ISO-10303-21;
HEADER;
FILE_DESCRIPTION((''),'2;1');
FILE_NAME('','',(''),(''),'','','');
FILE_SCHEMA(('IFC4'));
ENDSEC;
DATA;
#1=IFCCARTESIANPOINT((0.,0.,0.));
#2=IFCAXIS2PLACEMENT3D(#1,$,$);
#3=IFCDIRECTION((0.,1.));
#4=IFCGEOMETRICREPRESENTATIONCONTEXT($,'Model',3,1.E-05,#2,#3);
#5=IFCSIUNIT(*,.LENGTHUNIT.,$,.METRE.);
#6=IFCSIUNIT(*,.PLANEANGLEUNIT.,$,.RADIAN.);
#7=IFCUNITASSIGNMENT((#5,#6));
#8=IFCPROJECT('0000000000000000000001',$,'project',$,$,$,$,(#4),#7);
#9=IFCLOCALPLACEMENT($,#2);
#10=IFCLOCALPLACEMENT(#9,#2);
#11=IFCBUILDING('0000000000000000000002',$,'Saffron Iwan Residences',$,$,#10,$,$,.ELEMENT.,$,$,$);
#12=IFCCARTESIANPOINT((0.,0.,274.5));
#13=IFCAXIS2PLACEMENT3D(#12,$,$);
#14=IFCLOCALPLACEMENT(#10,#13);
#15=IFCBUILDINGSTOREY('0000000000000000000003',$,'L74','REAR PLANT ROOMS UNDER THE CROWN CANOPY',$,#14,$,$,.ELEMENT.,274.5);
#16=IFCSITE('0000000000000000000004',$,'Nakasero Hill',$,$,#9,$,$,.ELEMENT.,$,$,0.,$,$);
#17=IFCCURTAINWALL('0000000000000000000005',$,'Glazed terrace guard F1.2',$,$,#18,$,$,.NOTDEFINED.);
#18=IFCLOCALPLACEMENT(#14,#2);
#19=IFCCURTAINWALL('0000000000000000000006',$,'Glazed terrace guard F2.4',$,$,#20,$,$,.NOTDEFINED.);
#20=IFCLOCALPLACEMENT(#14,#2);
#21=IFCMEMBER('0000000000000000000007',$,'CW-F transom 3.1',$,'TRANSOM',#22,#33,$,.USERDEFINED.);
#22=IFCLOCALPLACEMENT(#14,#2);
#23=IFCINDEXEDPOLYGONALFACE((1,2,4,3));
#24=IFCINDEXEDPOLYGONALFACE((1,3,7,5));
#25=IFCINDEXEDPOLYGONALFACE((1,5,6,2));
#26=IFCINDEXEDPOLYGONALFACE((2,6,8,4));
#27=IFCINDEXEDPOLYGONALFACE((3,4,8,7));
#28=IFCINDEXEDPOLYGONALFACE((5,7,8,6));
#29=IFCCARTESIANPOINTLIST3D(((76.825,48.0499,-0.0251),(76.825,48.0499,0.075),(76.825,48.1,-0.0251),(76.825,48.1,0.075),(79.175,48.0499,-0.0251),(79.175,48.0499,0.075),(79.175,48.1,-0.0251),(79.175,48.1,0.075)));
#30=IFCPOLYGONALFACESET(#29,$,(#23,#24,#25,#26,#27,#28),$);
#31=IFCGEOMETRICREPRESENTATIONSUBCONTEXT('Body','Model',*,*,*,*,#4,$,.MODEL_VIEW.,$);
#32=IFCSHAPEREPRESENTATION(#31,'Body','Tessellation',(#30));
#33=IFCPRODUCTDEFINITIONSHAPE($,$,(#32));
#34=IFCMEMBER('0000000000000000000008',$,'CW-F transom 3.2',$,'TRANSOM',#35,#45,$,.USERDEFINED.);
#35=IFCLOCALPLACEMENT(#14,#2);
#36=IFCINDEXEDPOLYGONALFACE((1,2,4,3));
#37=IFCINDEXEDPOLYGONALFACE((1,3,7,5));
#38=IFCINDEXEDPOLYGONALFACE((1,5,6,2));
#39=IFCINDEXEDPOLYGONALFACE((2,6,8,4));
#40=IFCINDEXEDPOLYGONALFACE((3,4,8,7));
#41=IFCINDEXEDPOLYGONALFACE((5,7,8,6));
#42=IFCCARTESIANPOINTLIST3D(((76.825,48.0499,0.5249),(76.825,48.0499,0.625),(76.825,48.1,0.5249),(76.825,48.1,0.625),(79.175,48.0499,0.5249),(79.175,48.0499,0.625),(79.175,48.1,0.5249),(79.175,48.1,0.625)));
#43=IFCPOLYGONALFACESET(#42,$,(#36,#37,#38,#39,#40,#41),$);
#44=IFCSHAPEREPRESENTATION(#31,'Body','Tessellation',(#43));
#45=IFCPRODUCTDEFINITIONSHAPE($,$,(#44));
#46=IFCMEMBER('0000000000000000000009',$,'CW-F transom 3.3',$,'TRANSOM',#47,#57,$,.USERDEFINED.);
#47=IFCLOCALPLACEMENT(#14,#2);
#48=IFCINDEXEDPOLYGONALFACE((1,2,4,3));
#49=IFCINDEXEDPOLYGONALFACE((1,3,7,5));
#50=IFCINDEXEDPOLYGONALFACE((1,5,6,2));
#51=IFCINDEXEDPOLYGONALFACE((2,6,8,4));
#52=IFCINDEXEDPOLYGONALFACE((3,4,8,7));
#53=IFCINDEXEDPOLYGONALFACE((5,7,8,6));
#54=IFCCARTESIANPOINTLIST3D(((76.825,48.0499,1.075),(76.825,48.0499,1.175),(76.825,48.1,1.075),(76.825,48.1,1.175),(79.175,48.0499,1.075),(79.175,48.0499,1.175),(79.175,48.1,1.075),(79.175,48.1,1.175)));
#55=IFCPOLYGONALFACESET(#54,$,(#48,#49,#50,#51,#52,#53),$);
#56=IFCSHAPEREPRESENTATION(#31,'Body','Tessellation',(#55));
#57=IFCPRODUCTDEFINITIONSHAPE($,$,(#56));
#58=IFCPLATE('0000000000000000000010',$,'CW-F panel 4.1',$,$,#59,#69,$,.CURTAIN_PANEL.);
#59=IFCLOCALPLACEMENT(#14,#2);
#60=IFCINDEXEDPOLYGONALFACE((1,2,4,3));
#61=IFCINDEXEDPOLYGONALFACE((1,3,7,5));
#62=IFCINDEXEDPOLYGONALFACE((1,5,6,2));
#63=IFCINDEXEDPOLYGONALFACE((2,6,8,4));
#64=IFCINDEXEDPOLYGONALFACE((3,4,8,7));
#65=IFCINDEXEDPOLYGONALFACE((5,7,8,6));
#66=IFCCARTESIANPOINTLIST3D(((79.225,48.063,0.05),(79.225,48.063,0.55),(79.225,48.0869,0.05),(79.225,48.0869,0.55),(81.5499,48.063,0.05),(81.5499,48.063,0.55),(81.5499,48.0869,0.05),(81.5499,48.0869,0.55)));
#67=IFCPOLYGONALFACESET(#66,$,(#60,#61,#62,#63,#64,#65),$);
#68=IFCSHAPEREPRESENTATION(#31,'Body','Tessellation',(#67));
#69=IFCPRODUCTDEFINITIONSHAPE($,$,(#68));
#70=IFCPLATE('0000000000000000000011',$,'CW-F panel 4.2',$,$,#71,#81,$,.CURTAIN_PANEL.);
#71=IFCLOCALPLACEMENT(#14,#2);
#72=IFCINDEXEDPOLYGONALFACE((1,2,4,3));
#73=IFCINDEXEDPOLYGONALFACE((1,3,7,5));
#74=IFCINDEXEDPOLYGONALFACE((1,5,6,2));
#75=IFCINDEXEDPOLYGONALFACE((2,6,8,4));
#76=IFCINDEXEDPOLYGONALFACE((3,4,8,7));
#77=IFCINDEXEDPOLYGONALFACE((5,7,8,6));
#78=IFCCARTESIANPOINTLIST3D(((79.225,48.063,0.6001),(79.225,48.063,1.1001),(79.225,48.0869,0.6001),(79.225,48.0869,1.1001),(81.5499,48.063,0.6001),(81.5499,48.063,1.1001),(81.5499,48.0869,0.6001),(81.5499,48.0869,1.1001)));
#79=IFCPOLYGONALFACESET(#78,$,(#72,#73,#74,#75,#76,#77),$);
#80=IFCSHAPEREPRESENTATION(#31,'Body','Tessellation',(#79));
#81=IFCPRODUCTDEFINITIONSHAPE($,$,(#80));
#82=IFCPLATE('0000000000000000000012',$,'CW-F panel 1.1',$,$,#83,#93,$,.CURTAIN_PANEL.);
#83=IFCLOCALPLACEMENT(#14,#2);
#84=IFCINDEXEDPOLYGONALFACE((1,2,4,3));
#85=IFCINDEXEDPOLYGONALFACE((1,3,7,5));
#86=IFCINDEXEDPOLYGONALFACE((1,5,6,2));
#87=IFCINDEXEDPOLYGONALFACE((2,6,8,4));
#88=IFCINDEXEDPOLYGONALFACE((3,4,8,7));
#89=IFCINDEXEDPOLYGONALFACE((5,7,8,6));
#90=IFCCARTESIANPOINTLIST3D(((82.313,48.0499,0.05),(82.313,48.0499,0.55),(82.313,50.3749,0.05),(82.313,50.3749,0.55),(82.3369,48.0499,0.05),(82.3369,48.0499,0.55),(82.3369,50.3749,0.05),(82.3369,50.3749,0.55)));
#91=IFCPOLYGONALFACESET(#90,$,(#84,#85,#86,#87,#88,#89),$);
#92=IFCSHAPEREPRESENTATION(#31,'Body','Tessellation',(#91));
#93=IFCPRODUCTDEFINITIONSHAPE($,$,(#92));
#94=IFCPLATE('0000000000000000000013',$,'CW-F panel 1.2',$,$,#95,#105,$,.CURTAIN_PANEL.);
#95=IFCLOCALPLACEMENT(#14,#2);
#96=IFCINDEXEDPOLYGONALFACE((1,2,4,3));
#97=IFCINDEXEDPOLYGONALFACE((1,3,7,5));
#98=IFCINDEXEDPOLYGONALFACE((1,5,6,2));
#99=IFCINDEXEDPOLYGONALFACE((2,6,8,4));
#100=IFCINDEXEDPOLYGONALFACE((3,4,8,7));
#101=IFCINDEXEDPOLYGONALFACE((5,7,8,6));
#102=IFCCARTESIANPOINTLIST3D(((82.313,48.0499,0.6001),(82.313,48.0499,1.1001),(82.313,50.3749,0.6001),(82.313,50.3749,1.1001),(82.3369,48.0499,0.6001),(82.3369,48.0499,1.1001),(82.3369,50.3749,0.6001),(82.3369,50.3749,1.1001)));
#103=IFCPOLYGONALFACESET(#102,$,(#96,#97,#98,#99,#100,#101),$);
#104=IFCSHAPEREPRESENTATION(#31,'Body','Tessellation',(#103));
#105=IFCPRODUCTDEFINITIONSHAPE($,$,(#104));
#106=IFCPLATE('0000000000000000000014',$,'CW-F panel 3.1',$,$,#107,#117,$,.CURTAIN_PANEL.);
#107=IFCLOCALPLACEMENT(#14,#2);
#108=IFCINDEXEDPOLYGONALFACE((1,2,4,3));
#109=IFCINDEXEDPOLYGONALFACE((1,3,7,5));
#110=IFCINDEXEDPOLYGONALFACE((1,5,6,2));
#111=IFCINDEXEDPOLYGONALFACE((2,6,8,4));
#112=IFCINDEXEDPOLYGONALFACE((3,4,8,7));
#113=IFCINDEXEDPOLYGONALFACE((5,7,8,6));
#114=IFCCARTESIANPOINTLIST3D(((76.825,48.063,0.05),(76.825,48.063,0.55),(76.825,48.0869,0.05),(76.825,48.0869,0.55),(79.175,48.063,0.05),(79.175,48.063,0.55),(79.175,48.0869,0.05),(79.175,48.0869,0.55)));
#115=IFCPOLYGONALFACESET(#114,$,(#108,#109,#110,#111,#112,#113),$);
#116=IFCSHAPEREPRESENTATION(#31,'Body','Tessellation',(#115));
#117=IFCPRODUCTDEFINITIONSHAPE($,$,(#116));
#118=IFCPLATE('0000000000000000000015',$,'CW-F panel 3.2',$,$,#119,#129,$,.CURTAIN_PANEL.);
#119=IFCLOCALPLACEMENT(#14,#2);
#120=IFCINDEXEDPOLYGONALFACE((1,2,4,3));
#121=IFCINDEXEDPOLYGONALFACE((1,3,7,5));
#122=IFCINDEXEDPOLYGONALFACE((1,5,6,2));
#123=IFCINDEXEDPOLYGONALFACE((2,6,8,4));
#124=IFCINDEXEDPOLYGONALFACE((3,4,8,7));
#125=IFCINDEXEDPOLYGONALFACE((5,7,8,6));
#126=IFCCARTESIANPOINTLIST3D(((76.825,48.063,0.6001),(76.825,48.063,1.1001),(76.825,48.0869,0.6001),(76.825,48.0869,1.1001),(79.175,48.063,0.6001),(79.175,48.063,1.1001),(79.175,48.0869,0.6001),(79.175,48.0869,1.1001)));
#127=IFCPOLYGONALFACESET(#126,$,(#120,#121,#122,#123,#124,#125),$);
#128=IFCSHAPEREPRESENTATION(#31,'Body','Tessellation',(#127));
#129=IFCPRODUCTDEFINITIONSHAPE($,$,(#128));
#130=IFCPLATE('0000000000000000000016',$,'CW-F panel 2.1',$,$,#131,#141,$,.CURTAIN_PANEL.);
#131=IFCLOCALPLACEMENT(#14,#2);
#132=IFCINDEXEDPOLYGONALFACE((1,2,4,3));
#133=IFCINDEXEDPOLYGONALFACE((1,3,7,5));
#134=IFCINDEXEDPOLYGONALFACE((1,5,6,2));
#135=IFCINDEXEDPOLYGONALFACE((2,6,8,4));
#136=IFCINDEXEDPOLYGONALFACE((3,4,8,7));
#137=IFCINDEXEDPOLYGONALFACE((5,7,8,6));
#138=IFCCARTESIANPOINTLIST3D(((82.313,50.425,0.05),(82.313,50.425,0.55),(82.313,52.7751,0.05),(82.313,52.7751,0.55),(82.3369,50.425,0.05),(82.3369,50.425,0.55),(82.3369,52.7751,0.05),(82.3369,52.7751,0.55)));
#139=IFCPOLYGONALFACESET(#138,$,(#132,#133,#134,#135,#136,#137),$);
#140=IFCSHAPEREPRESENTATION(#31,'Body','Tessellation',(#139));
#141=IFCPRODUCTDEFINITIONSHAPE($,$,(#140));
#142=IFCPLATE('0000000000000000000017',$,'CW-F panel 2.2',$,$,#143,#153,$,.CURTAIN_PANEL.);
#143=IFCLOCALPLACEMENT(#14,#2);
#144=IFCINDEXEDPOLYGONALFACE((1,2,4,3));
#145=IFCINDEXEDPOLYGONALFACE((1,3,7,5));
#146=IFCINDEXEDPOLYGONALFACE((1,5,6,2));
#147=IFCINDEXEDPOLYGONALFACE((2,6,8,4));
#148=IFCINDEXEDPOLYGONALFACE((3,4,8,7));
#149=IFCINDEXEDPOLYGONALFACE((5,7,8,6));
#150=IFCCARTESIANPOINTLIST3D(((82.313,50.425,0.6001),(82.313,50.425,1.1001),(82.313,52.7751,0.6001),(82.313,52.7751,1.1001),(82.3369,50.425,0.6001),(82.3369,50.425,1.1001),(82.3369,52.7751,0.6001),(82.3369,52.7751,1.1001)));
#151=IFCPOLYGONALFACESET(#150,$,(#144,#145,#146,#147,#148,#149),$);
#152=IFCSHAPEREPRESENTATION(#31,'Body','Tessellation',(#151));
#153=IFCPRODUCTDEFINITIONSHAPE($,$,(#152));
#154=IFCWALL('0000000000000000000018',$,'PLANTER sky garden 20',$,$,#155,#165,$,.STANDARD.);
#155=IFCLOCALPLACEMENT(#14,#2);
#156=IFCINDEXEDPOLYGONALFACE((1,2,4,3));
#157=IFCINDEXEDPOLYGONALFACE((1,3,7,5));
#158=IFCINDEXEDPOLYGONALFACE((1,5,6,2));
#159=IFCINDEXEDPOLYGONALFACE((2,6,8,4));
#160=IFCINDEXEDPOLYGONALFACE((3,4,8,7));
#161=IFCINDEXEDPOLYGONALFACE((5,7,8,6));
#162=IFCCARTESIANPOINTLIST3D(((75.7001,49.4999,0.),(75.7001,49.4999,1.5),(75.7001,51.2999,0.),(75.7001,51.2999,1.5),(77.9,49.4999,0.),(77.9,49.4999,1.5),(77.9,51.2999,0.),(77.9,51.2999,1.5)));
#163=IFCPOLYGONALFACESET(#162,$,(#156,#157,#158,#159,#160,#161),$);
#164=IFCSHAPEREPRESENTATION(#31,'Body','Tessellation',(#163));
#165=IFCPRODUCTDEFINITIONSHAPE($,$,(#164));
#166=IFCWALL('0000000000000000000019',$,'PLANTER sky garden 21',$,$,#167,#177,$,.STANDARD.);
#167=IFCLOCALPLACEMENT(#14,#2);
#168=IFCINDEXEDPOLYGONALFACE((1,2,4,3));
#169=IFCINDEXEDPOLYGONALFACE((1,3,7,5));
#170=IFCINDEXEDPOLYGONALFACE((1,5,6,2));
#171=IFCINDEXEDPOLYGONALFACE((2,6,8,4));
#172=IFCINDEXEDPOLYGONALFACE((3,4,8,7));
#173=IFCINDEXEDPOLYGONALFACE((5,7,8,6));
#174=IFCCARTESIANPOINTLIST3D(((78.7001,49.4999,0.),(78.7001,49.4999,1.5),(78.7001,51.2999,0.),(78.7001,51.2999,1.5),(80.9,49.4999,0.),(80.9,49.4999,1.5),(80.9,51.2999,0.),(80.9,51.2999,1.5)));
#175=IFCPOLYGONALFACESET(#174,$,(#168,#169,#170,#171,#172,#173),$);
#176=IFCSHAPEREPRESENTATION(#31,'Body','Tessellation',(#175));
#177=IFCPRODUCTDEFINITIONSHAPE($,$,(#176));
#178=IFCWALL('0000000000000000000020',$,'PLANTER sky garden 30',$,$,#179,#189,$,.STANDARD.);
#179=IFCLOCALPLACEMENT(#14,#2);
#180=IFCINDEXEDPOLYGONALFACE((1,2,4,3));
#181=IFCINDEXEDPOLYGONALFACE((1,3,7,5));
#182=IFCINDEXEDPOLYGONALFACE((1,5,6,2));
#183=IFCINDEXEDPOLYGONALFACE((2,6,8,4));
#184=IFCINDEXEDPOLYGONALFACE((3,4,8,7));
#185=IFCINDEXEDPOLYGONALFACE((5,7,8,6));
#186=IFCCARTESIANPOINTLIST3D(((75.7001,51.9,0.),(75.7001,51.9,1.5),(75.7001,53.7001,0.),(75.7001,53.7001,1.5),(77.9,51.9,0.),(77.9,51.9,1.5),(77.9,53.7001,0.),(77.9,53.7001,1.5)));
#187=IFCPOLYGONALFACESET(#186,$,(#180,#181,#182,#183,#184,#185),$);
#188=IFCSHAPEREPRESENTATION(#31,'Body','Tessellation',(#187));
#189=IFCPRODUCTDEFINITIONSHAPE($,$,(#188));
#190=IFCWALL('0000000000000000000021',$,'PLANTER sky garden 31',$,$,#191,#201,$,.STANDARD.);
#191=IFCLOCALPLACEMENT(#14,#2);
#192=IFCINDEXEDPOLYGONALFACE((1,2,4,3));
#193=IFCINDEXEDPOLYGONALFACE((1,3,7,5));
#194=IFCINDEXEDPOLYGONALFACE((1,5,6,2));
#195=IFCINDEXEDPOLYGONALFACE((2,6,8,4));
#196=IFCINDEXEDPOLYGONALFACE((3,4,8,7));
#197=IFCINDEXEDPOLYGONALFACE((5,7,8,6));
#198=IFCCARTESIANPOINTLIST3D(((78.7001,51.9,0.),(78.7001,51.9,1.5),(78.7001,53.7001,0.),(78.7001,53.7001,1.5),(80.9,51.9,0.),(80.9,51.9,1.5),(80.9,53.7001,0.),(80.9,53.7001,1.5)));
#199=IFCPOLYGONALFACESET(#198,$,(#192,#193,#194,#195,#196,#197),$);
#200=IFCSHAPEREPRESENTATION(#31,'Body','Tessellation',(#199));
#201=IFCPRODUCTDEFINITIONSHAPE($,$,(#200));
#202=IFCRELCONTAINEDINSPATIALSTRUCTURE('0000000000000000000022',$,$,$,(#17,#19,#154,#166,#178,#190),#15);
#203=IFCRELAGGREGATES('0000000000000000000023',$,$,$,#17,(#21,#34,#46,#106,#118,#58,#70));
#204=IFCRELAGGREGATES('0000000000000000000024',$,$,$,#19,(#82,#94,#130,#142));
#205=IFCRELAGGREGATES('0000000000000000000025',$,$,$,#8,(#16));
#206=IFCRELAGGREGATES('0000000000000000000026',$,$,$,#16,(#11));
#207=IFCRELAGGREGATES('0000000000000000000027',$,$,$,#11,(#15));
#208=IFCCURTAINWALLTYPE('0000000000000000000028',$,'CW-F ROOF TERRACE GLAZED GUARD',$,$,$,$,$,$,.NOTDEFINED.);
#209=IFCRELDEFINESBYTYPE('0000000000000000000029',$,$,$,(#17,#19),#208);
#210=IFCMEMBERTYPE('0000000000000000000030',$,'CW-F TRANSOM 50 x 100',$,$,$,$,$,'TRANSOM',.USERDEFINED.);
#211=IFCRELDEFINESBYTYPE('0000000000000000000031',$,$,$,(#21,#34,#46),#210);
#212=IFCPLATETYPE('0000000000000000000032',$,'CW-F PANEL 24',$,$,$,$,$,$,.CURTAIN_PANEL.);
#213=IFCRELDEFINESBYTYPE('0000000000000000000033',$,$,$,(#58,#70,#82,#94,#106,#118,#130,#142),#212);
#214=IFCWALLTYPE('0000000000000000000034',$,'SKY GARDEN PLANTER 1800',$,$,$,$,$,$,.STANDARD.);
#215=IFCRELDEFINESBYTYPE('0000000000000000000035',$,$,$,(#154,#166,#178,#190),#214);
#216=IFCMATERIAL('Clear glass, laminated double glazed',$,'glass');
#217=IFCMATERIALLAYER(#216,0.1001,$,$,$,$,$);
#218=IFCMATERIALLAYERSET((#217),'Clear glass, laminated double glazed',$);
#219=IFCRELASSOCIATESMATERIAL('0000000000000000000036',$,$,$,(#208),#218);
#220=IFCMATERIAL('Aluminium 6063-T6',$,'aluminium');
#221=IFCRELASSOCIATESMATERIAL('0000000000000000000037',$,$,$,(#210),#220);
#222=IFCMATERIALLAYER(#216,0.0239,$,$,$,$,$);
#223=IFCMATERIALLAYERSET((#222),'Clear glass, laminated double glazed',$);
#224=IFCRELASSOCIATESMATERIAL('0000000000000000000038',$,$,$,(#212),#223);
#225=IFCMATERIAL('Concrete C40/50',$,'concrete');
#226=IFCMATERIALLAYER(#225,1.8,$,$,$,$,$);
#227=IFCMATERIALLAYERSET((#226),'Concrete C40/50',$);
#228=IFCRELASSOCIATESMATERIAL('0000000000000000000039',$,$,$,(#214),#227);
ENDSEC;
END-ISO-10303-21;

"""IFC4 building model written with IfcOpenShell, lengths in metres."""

from ifc_helpers import new_model, si_unit, direction, frame, frame_2d, origin, origin_2d, place, context, subcontext, project, spatial, rectangle, extrude, source, transform, mapped, material, layer, layer_set, material_profile, profile_set, type_object, element, aggregate, save


model = new_model("IFC4")

# Units and contexts
model_context = context("Model", 3, precision=1e-05, world=origin(), true_north=direction((0.0, 1.0)))
body_context = subcontext(model_context, "Body", "Model", "MODEL_VIEW")
ifc_project = project(units=[si_unit("LENGTHUNIT", "METRE"), si_unit("PLANEANGLEUNIT", "RADIAN")], contexts=[model_context])

# Site, building, storey
site_placement = place(None, origin())
site = spatial("IfcSite", under=ifc_project, at=site_placement, Name="Nakasero Hill", CompositionType="ELEMENT", RefElevation=0.0)
building_placement = place(site_placement, origin())
building = spatial("IfcBuilding", under=site, at=building_placement, Name="Saffron Iwan Residences", CompositionType="ELEMENT")
storey_placement = place(building_placement, frame((0.0, 0.0, 274.5)))
storey = spatial("IfcBuildingStorey", under=building, at=storey_placement, Name="L74", Description="REAR PLANT ROOMS UNDER THE CROWN CANOPY", CompositionType="ELEMENT", Elevation=274.5)

# Curtain walls
ifc_material_1 = material(Name="Clear glass, laminated double glazed", Category="glass")
ifc_layer_1 = layer(ifc_material_1, 0.1001)
ifc_layer_set_1 = layer_set([ifc_layer_1], Name="Clear glass, laminated double glazed")
curtain_wall_type = type_object("IfcCurtainWallType", Name="CW-F ROOF TERRACE GLAZED GUARD", PredefinedType="NOTDEFINED", material=ifc_layer_set_1)
curtain_wall_1_placement = place(storey_placement, origin())
curtain_wall_1 = element("IfcCurtainWall", 1, at=curtain_wall_1_placement, inside=storey, type_object=curtain_wall_type, Name="Glazed terrace guard F1.2", PredefinedType="NOTDEFINED")
ifc_material_2 = material(Name="Aluminium 6063-T6", Category="aluminium")
curtain_wall_2_placement = place(storey_placement, origin())
curtain_wall_2 = element("IfcCurtainWall", 2, at=curtain_wall_2_placement, inside=storey, type_object=curtain_wall_type, Name="Glazed terrace guard F2.4", PredefinedType="NOTDEFINED")

# Members
ifc_material_profile_1 = material_profile(ifc_material_2, rectangle(XDim=0.05, YDim=0.1001, at=origin_2d()), Name="CW-F TRANSOM 50 x 100")
ifc_profile_set_1 = profile_set([ifc_material_profile_1], Name="Aluminium 6063-T6")
member_type_1 = type_object("IfcMemberType", Name="CW-F TRANSOM 50 x 100", ElementType="TRANSOM", PredefinedType="USERDEFINED", material=ifc_profile_set_1)
shared_shape_1 = source(origin(), body_context, "Body", "SweptSolid", [
    extrude(rectangle(XDim=0.05, YDim=0.1001, at=origin_2d()), origin(), (0.0, 0.0, 1.0), 2.3501),
])
member_1_placement = place(storey_placement, frame((76.825, 48.075, 0.0249), z_axis=(1.0, 0.0, 0.0), x_axis=(0.0, 1.0, 0.0)))
member_1 = element("IfcMember", 3, at=member_1_placement, type_object=member_type_1, Name="CW-F transom 3.1", ObjectType="TRANSOM", PredefinedType="USERDEFINED", context=body_context, shape_type="MappedRepresentation", body=[
    mapped(shared_shape_1, transform((0.0, 0.0, 0.0))),
])
member_2_placement = place(storey_placement, frame((76.825, 48.075, 0.575), z_axis=(1.0, 0.0, 0.0), x_axis=(0.0, 1.0, 0.0)))
member_2 = element("IfcMember", 4, at=member_2_placement, type_object=member_type_1, Name="CW-F transom 3.2", ObjectType="TRANSOM", PredefinedType="USERDEFINED", context=body_context, shape_type="MappedRepresentation", body=[
    mapped(shared_shape_1, transform((0.0, 0.0, 0.0))),
])
member_3_placement = place(storey_placement, frame((76.825, 48.075, 1.125), z_axis=(1.0, 0.0, 0.0), x_axis=(0.0, 1.0, 0.0)))
member_3 = element("IfcMember", 5, at=member_3_placement, type_object=member_type_1, Name="CW-F transom 3.3", ObjectType="TRANSOM", PredefinedType="USERDEFINED", context=body_context, shape_type="MappedRepresentation", body=[
    mapped(shared_shape_1, transform((0.0, 0.0, 0.0))),
])

# Plates
ifc_layer_2 = layer(ifc_material_1, 0.0239)
ifc_layer_set_2 = layer_set([ifc_layer_2], Name="Clear glass, laminated double glazed")
plate_type = type_object("IfcPlateType", Name="CW-F PANEL 24", PredefinedType="CURTAIN_PANEL", material=ifc_layer_set_2)
shared_shape_2 = source(origin(), body_context, "Body", "SweptSolid", [
    extrude(rectangle(XDim=2.325, YDim=0.0239, at=origin_2d()), origin(), (0.0, 0.0, 1.0), 0.5),
])
plate_1_placement = place(storey_placement, frame((80.3875, 48.075, 0.05), z_axis=(0.0, 0.0, 1.0), x_axis=(1.0, 0.0, 0.0)))
plate_1 = element("IfcPlate", 6, at=plate_1_placement, type_object=plate_type, Name="CW-F panel 4.1", PredefinedType="CURTAIN_PANEL", context=body_context, shape_type="MappedRepresentation", body=[
    mapped(shared_shape_2, transform((0.0, 0.0, 0.0))),
])
plate_2_placement = place(storey_placement, frame((80.3875, 48.075, 0.6001), z_axis=(0.0, 0.0, 1.0), x_axis=(1.0, 0.0, 0.0)))
plate_2 = element("IfcPlate", 7, at=plate_2_placement, type_object=plate_type, Name="CW-F panel 4.2", PredefinedType="CURTAIN_PANEL", context=body_context, shape_type="MappedRepresentation", body=[
    mapped(shared_shape_2, transform((0.0, 0.0, 0.0))),
])
plate_3_placement = place(storey_placement, frame((82.325, 49.2124, 0.05), z_axis=(0.0, 0.0, 1.0), x_axis=(0.0, 1.0, 0.0)))
plate_3 = element("IfcPlate", 8, at=plate_3_placement, type_object=plate_type, Name="CW-F panel 1.1", PredefinedType="CURTAIN_PANEL", context=body_context, shape_type="MappedRepresentation", body=[
    mapped(shared_shape_2, transform((0.0, 0.0, 0.0))),
])
plate_4_placement = place(storey_placement, frame((82.325, 49.2124, 0.6001), z_axis=(0.0, 0.0, 1.0), x_axis=(0.0, 1.0, 0.0)))
plate_4 = element("IfcPlate", 9, at=plate_4_placement, type_object=plate_type, Name="CW-F panel 1.2", PredefinedType="CURTAIN_PANEL", context=body_context, shape_type="MappedRepresentation", body=[
    mapped(shared_shape_2, transform((0.0, 0.0, 0.0))),
])
shared_shape_3 = source(origin(), body_context, "Body", "SweptSolid", [
    extrude(rectangle(XDim=2.3501, YDim=0.0239, at=origin_2d()), origin(), (0.0, 0.0, 1.0), 0.5),
])
plate_5_placement = place(storey_placement, frame((78.0, 48.075, 0.05), z_axis=(0.0, 0.0, 1.0), x_axis=(1.0, 0.0, 0.0)))
plate_5 = element("IfcPlate", 10, at=plate_5_placement, type_object=plate_type, Name="CW-F panel 3.1", PredefinedType="CURTAIN_PANEL", context=body_context, shape_type="MappedRepresentation", body=[
    mapped(shared_shape_3, transform((0.0, 0.0, 0.0))),
])
plate_6_placement = place(storey_placement, frame((78.0, 48.075, 0.6001), z_axis=(0.0, 0.0, 1.0), x_axis=(1.0, 0.0, 0.0)))
plate_6 = element("IfcPlate", 11, at=plate_6_placement, type_object=plate_type, Name="CW-F panel 3.2", PredefinedType="CURTAIN_PANEL", context=body_context, shape_type="MappedRepresentation", body=[
    mapped(shared_shape_3, transform((0.0, 0.0, 0.0))),
])
aggregate(curtain_wall_1, [member_1, member_2, member_3, plate_5, plate_6, plate_1, plate_2])
plate_7_placement = place(storey_placement, frame((82.325, 51.6001, 0.05), z_axis=(0.0, 0.0, 1.0), x_axis=(0.0, 1.0, 0.0)))
plate_7 = element("IfcPlate", 12, at=plate_7_placement, type_object=plate_type, Name="CW-F panel 2.1", PredefinedType="CURTAIN_PANEL", context=body_context, shape_type="MappedRepresentation", body=[
    mapped(shared_shape_3, transform((0.0, 0.0, 0.0))),
])
plate_8_placement = place(storey_placement, frame((82.325, 51.6001, 0.6001), z_axis=(0.0, 0.0, 1.0), x_axis=(0.0, 1.0, 0.0)))
plate_8 = element("IfcPlate", 13, at=plate_8_placement, type_object=plate_type, Name="CW-F panel 2.2", PredefinedType="CURTAIN_PANEL", context=body_context, shape_type="MappedRepresentation", body=[
    mapped(shared_shape_3, transform((0.0, 0.0, 0.0))),
])
aggregate(curtain_wall_2, [plate_3, plate_4, plate_7, plate_8])

# Walls
ifc_material_3 = material(Name="Concrete C40/50", Category="concrete")
ifc_layer_3 = layer(ifc_material_3, 1.8)
ifc_layer_set_3 = layer_set([ifc_layer_3], Name="Concrete C40/50")
wall_type = type_object("IfcWallType", Name="SKY GARDEN PLANTER 1800", PredefinedType="STANDARD", material=ifc_layer_set_3)
for number, where, z_axis, x_axis, name in (
    (14, (75.7, 50.3999, 0.0), (0.0, 0.0, 1.0), (1.0, 0.0, 0.0), "PLANTER sky garden 20"),
    (15, (78.7, 50.3999, 0.0), (0.0, 0.0, 1.0), (1.0, 0.0, 0.0), "PLANTER sky garden 21"),
    (16, (75.7, 52.8, 0.0), (0.0, 0.0, 1.0), (1.0, 0.0, 0.0), "PLANTER sky garden 30"),
    (17, (78.7, 52.8, 0.0), (0.0, 0.0, 1.0), (1.0, 0.0, 0.0), "PLANTER sky garden 31"),
):
    element("IfcWall", number, at=place(storey_placement, frame(where, z_axis=z_axis, x_axis=x_axis)), inside=storey, type_object=wall_type, Name=name, PredefinedType="STANDARD", context=body_context, shape_type="SweptSolid", body=[
        extrude(rectangle(XDim=2.2, YDim=1.8, at=frame_2d((1.1001, 0.0))), origin(), (0.0, 0.0, 1.0), 1.5),
    ])

save(model, "model.ifc")
